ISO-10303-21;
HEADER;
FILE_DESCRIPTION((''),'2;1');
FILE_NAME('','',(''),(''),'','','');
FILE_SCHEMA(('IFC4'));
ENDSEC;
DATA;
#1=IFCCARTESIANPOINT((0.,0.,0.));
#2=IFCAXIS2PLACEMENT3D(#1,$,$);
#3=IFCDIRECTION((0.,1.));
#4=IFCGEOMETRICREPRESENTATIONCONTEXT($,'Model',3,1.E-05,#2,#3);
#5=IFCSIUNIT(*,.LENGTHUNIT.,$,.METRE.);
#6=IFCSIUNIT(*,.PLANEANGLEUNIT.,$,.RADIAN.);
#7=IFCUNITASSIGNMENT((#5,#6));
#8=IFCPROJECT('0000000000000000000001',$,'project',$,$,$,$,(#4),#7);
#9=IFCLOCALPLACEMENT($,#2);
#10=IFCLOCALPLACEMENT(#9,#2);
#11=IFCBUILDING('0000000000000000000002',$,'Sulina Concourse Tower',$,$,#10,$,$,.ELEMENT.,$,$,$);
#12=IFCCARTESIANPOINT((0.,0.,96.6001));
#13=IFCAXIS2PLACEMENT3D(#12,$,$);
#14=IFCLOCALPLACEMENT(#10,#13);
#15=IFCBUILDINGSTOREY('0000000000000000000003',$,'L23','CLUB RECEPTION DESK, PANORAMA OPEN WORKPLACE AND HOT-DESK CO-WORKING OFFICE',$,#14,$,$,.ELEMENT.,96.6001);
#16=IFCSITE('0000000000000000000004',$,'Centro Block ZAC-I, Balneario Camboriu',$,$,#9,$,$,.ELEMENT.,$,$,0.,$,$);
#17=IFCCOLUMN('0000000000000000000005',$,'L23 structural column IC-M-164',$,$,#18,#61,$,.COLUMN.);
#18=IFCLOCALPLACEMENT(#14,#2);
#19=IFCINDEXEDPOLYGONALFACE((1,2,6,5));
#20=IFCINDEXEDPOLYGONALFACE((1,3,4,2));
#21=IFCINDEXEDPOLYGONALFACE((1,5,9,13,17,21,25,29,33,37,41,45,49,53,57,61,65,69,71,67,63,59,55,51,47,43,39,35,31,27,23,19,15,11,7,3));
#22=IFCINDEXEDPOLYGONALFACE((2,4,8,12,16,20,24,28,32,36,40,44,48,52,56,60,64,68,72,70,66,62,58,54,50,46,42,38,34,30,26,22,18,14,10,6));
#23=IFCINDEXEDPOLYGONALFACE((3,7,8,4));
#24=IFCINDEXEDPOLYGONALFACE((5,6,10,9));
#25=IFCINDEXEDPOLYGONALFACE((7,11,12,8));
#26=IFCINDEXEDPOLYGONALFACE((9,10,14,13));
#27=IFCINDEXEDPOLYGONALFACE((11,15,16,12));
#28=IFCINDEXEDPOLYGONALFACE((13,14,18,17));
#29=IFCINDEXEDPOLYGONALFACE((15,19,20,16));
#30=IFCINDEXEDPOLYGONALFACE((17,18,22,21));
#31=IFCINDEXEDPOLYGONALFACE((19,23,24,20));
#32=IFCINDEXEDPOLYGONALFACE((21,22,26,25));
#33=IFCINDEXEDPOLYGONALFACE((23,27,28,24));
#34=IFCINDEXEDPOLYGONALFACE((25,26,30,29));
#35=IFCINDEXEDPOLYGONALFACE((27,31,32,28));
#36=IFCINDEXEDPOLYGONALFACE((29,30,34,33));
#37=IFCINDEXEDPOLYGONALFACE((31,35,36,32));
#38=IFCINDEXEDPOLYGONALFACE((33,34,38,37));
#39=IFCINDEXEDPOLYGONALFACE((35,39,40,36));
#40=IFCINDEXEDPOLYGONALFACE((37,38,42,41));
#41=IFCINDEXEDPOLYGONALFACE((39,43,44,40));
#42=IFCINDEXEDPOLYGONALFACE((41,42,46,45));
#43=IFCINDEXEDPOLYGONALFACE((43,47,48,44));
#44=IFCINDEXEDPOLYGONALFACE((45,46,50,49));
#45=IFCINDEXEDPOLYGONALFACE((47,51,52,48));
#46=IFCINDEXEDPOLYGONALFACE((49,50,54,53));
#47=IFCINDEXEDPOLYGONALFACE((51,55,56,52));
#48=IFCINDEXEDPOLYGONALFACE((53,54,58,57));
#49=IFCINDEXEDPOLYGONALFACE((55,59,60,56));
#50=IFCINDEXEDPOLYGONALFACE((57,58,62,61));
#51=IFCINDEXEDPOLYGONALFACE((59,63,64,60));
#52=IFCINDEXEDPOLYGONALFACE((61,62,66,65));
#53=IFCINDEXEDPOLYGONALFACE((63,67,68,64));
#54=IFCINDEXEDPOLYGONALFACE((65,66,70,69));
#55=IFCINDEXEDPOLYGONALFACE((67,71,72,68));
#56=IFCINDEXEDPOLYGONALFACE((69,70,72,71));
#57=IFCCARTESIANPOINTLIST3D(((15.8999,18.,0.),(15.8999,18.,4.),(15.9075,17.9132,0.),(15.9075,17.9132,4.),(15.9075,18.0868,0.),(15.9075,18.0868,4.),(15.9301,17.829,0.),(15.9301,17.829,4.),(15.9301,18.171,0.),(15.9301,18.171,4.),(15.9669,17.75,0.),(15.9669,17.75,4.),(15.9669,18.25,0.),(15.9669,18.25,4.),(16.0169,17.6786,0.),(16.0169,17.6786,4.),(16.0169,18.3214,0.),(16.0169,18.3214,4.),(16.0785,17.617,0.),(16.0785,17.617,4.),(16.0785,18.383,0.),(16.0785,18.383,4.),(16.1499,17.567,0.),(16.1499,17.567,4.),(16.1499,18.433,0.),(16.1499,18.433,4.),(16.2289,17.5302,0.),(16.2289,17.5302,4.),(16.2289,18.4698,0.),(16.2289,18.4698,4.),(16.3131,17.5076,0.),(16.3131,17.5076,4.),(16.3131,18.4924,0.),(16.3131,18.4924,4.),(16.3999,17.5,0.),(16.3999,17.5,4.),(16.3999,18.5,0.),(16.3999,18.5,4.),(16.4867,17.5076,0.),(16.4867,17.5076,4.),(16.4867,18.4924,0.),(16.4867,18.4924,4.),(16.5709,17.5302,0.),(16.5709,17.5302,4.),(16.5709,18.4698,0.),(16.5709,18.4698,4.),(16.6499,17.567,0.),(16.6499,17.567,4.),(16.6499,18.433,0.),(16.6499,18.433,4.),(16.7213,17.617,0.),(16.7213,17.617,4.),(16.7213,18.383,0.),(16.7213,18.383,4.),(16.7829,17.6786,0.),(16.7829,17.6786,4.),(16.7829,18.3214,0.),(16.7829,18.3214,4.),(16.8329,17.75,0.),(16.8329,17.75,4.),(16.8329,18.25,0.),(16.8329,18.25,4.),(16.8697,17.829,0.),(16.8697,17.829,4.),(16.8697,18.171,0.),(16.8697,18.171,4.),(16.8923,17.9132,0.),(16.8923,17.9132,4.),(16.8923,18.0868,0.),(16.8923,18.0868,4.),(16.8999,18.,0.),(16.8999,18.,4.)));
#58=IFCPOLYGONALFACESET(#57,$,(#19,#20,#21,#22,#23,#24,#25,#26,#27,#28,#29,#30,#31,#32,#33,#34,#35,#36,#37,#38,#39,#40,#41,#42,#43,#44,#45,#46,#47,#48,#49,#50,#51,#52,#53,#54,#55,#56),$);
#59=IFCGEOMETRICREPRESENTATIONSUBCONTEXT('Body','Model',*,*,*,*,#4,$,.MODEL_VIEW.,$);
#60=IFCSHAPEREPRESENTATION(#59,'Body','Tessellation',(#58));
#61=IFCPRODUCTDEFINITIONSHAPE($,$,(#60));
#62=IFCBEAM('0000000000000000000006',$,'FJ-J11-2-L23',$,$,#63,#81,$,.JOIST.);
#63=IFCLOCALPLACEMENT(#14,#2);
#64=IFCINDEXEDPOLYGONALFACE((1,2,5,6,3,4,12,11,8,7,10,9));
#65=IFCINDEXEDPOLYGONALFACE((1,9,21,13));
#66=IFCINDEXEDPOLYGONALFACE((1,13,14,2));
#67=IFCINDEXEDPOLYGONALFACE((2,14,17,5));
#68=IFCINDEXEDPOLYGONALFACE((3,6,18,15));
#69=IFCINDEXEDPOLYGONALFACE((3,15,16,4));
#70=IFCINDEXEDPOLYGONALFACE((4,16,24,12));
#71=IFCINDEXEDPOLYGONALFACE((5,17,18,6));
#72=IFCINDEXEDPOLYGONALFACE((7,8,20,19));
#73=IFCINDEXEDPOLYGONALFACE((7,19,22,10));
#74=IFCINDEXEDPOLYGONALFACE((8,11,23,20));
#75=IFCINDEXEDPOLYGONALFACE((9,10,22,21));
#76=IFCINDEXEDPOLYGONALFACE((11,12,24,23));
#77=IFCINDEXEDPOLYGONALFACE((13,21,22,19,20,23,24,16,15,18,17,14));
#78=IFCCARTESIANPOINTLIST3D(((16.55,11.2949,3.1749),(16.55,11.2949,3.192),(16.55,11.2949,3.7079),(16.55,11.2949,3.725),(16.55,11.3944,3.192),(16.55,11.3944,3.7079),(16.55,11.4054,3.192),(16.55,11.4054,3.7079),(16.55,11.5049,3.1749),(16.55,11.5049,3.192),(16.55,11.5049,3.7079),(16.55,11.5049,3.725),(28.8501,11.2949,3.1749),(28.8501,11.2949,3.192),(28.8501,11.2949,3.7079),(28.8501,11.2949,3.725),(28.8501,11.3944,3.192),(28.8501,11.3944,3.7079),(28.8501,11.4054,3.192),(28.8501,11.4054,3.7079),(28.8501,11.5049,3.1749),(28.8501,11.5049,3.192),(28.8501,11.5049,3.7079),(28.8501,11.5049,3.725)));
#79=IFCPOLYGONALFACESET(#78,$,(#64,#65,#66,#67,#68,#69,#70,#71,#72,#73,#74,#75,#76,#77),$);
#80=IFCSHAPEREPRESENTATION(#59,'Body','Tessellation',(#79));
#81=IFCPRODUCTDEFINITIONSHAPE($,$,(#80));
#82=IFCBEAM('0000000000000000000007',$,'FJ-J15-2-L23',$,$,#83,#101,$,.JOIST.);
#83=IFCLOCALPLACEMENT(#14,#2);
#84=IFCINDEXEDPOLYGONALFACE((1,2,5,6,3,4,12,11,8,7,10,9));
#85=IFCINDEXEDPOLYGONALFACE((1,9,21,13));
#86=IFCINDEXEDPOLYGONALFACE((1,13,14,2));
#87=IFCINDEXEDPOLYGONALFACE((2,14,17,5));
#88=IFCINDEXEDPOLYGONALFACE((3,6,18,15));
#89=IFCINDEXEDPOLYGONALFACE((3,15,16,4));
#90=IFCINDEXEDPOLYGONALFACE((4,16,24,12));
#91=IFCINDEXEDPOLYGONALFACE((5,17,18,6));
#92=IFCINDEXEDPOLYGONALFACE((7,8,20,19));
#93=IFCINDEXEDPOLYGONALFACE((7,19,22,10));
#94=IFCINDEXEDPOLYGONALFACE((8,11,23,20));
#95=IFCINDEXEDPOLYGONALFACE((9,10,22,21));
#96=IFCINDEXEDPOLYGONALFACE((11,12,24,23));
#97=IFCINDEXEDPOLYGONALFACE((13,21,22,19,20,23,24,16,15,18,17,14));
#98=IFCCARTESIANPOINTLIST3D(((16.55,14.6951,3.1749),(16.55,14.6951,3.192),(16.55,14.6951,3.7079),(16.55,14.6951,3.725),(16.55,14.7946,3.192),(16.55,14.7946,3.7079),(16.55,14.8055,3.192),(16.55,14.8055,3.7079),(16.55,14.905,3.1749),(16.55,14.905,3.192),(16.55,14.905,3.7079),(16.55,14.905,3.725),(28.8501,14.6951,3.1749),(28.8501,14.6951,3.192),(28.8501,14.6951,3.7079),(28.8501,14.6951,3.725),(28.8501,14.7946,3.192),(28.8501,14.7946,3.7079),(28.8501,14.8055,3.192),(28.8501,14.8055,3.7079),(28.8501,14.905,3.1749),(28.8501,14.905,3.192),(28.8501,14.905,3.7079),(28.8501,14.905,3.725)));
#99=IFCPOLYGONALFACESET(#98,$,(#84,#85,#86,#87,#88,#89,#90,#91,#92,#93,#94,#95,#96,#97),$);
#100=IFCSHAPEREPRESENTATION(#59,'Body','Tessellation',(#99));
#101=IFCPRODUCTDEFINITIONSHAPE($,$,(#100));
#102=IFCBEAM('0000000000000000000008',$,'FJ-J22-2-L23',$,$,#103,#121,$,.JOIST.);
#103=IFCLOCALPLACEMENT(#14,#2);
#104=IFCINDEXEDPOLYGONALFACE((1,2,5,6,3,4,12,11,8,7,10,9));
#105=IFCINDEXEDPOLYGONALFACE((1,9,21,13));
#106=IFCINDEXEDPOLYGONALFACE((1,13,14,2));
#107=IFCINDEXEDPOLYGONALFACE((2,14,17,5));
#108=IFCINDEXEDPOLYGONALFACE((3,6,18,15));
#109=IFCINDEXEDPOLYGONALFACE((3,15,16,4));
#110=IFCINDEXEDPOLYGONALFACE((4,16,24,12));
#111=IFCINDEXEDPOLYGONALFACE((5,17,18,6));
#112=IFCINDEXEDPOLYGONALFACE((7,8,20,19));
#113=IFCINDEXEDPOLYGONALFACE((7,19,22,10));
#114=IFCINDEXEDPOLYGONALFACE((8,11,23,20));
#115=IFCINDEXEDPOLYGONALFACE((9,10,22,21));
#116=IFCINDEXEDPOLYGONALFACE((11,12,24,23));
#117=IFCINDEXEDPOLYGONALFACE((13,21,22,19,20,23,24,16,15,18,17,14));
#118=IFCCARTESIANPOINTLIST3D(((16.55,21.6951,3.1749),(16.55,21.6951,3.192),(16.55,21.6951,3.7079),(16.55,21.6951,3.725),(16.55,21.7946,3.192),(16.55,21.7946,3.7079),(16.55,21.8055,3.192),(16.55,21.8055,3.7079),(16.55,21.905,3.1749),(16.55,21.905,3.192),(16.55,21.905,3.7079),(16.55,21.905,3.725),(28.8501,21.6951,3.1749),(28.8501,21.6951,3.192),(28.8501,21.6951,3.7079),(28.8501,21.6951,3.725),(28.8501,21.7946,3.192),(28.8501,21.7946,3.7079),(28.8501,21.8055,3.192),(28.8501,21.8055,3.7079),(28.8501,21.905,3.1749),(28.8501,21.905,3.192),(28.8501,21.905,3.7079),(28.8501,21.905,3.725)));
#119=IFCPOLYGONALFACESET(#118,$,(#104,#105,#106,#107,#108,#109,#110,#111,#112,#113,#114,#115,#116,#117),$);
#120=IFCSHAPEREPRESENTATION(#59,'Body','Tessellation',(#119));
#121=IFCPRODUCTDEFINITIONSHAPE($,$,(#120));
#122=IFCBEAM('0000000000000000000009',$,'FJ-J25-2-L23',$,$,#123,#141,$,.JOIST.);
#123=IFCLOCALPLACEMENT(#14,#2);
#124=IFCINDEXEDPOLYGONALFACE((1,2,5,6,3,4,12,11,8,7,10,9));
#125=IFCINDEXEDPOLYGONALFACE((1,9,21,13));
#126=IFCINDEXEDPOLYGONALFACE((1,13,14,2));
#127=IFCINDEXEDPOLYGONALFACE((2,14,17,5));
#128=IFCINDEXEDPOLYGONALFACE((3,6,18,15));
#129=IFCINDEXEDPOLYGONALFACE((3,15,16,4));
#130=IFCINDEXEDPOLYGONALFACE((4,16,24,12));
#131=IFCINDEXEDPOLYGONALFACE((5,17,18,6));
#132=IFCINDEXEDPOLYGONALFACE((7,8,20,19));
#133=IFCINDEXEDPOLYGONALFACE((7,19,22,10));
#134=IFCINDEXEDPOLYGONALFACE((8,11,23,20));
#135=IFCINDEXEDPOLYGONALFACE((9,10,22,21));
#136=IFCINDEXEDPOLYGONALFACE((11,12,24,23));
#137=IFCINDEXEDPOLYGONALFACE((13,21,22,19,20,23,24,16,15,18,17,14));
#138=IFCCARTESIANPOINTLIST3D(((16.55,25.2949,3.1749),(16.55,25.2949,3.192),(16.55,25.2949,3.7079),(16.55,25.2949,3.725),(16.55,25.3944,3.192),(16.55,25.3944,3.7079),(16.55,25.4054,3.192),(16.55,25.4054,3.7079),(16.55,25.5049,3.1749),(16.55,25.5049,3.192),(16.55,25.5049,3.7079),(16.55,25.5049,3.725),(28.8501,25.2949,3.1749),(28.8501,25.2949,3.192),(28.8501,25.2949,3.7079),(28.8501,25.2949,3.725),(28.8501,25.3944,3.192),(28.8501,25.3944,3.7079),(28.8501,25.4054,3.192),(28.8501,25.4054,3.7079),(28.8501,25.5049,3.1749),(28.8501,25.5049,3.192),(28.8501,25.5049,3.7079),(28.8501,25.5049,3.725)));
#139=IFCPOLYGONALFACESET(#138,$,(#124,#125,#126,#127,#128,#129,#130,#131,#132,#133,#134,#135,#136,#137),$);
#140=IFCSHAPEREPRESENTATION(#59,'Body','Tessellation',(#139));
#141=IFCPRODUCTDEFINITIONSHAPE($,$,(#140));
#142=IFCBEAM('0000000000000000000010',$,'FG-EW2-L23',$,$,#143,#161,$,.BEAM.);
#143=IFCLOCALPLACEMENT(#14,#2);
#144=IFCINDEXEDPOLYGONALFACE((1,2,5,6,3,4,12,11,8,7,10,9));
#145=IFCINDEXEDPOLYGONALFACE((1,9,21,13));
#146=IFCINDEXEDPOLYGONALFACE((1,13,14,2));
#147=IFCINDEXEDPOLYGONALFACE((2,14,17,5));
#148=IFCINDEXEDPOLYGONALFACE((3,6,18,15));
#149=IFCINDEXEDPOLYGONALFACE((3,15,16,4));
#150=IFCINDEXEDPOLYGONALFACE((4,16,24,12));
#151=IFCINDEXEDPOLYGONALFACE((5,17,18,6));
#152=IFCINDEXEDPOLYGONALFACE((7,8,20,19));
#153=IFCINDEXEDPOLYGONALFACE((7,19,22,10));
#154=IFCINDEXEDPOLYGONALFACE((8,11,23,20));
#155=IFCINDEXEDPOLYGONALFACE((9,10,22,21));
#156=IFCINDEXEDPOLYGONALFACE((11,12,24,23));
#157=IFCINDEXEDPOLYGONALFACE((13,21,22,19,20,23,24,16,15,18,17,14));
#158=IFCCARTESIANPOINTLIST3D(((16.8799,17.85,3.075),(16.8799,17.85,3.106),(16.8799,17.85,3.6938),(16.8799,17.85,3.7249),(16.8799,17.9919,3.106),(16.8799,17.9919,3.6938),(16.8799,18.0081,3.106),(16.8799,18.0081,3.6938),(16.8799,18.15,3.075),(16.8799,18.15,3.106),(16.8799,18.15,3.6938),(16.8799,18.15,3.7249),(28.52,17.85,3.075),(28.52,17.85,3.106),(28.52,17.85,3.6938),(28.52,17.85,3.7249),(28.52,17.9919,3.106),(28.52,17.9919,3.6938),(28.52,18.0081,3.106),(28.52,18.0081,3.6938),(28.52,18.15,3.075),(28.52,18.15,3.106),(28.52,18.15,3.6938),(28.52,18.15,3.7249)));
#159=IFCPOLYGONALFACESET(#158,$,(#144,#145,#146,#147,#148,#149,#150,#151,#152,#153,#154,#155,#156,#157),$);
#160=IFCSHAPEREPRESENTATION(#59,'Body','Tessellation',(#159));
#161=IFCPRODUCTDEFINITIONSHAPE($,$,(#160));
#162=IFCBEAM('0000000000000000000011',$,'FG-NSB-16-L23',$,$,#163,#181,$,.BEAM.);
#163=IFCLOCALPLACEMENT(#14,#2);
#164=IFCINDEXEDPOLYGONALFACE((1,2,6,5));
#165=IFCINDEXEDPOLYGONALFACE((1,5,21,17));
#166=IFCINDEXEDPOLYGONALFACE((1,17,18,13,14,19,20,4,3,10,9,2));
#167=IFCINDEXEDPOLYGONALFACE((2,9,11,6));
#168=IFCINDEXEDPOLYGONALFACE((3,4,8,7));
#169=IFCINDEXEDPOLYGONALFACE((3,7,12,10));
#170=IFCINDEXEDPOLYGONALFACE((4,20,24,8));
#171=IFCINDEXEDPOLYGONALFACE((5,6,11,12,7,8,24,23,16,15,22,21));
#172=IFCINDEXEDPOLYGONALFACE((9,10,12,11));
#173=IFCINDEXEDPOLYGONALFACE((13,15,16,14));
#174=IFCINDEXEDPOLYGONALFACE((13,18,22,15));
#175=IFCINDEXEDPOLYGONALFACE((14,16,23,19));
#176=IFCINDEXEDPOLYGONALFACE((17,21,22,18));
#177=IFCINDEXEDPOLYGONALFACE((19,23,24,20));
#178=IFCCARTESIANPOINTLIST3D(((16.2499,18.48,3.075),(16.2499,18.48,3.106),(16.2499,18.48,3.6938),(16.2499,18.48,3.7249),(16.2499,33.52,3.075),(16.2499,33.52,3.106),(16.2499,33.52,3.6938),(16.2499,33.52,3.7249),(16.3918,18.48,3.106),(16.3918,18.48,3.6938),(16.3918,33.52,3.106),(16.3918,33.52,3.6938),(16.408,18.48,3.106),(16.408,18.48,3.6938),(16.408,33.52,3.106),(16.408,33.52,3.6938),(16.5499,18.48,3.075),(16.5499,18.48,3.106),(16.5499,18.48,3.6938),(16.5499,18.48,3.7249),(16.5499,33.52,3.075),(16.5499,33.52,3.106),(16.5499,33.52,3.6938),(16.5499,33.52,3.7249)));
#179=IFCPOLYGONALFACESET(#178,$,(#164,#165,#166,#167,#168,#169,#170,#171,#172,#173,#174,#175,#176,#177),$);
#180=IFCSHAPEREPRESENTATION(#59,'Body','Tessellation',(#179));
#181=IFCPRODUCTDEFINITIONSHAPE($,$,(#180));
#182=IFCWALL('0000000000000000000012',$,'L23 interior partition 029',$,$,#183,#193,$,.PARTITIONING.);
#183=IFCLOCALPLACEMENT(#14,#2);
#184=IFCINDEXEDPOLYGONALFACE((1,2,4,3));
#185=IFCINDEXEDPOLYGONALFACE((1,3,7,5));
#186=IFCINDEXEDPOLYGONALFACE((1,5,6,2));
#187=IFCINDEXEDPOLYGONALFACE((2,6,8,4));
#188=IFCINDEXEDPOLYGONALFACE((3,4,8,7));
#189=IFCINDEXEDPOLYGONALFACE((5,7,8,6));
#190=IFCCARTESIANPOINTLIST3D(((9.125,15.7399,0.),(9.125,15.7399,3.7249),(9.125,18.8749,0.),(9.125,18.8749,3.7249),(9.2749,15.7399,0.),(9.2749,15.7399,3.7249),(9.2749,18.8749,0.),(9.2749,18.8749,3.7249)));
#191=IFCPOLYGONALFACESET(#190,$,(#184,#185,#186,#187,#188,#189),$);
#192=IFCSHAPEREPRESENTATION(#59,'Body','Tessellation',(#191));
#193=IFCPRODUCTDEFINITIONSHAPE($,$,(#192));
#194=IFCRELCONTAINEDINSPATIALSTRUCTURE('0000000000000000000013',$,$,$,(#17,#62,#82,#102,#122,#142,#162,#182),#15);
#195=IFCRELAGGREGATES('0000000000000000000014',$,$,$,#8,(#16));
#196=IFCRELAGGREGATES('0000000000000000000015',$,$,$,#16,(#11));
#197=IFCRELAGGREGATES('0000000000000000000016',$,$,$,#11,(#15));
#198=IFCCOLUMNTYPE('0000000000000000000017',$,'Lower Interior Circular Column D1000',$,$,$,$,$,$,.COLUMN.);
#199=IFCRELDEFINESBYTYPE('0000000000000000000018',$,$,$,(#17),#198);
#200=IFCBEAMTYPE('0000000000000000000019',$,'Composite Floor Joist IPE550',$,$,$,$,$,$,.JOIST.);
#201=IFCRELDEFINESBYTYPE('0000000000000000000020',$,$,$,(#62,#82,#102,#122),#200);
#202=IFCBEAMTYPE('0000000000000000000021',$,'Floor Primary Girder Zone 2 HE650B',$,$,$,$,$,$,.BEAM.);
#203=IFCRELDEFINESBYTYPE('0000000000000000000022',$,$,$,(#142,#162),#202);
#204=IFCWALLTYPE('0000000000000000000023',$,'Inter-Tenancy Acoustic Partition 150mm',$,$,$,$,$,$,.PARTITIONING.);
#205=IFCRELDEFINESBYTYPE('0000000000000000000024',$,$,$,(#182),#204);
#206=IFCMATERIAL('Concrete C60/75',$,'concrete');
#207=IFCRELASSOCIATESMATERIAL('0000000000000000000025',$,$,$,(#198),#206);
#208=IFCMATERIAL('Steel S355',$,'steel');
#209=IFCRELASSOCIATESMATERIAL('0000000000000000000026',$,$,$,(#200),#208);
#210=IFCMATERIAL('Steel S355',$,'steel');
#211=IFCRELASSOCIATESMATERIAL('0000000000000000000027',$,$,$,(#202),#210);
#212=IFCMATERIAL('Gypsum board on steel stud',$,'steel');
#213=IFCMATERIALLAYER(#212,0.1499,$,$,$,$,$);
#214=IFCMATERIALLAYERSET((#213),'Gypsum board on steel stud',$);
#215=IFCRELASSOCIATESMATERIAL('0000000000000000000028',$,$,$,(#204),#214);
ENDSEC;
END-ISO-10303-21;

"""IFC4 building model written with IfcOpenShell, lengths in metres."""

from ifc_helpers import new_model, si_unit, direction, frame, frame_2d, origin, origin_2d, place, context, subcontext, project, spatial, rectangle, circle, i_section, extrude, material, layer, layer_set, material_profile, profile_set, type_object, element, save


model = new_model("IFC4")

# Units and contexts
model_context = context("Model", 3, precision=1e-05, world=origin(), true_north=direction((0.0, 1.0)))
body_context = subcontext(model_context, "Body", "Model", "MODEL_VIEW")
ifc_project = project(units=[si_unit("LENGTHUNIT", "METRE"), si_unit("PLANEANGLEUNIT", "RADIAN")], contexts=[model_context])

# Site, building, storey
site_placement = place(None, origin())
site = spatial("IfcSite", under=ifc_project, at=site_placement, Name="Centro Block ZAC-I, Balneario Camboriu", CompositionType="ELEMENT", RefElevation=0.0)
building_placement = place(site_placement, origin())
building = spatial("IfcBuilding", under=site, at=building_placement, Name="Sulina Concourse Tower", CompositionType="ELEMENT")
storey_placement = place(building_placement, frame((0.0, 0.0, 96.6001)))
storey = spatial("IfcBuildingStorey", under=building, at=storey_placement, Name="L23", Description="CLUB RECEPTION DESK, PANORAMA OPEN WORKPLACE AND HOT-DESK CO-WORKING OFFICE", CompositionType="ELEMENT", Elevation=96.6001)

# Column
ifc_material_1 = material(Name="Concrete C60/75", Category="concrete")
ifc_material_profile_1 = material_profile(ifc_material_1, circle(Radius=0.5, at=origin_2d()), Name="RC D1000")
ifc_profile_set_1 = profile_set([ifc_material_profile_1], Name="Concrete C60/75")
column_type = type_object("IfcColumnType", Name="Lower Interior Circular Column D1000", PredefinedType="COLUMN", material=ifc_profile_set_1)
column_placement = place(storey_placement, frame((16.3999, 18.0, 0.0), z_axis=(0.0, 0.0, 1.0), x_axis=(1.0, 0.0, 0.0)))
element("IfcColumn", 1, at=column_placement, inside=storey, type_object=column_type, Name="L23 structural column IC-M-164", PredefinedType="COLUMN", context=body_context, shape_type="SweptSolid", body=[
    extrude(circle(Radius=0.5, at=origin_2d()), origin(), (0.0, 0.0, 1.0), 4.0),
])

# Beams
ifc_material_2 = material(Name="Steel S355", Category="steel")
ifc_material_profile_2 = material_profile(ifc_material_2, i_section(OverallWidth=0.21, OverallDepth=0.55, WebThickness=0.011, FlangeThickness=0.0171, at=origin_2d()), Name="IPE 550")
ifc_profile_set_2 = profile_set([ifc_material_profile_2], Name="Steel S355")
beam_type_1 = type_object("IfcBeamType", Name="Composite Floor Joist IPE550", PredefinedType="JOIST", material=ifc_profile_set_2)
for number, where, z_axis, x_axis, name in (
    (2, (16.55, 11.3999, 3.45), (1.0, 0.0, 0.0), (0.0, 1.0, 0.0), "FJ-J11-2-L23"),
    (3, (16.55, 14.8, 3.45), (1.0, 0.0, 0.0), (0.0, 1.0, 0.0), "FJ-J15-2-L23"),
    (4, (16.55, 21.8, 3.45), (1.0, 0.0, 0.0), (0.0, 1.0, 0.0), "FJ-J22-2-L23"),
    (5, (16.55, 25.3999, 3.45), (1.0, 0.0, 0.0), (0.0, 1.0, 0.0), "FJ-J25-2-L23"),
):
    element("IfcBeam", number, at=place(storey_placement, frame(where, z_axis=z_axis, x_axis=x_axis)), inside=storey, type_object=beam_type_1, Name=name, PredefinedType="JOIST", context=body_context, shape_type="SweptSolid", body=[
        extrude(i_section(OverallWidth=0.21, OverallDepth=0.55, WebThickness=0.011, FlangeThickness=0.0171, at=origin_2d()), origin(), (0.0, 0.0, 1.0), 12.3),
    ])
ifc_material_3 = material(Name="Steel S355", Category="steel")
ifc_material_profile_3 = material_profile(ifc_material_3, i_section(OverallWidth=0.3, OverallDepth=0.6499, WebThickness=0.0161, FlangeThickness=0.031, at=origin_2d()), Name="HE 650 B")
ifc_profile_set_3 = profile_set([ifc_material_profile_3], Name="Steel S355")
beam_type_2 = type_object("IfcBeamType", Name="Floor Primary Girder Zone 2 HE650B", PredefinedType="BEAM", material=ifc_profile_set_3)
beam_1_placement = place(storey_placement, frame((16.8799, 18.0, 3.3999), z_axis=(1.0, 0.0, 0.0), x_axis=(0.0, 1.0, 0.0)))
element("IfcBeam", 6, at=beam_1_placement, inside=storey, type_object=beam_type_2, Name="FG-EW2-L23", PredefinedType="BEAM", context=body_context, shape_type="SweptSolid", body=[
    extrude(i_section(OverallWidth=0.3, OverallDepth=0.6499, WebThickness=0.0161, FlangeThickness=0.031, at=origin_2d()), origin(), (0.0, 0.0, 1.0), 11.6401),
])
beam_2_placement = place(storey_placement, frame((16.3999, 18.48, 3.3999), z_axis=(0.0, 1.0, 0.0), x_axis=(-1.0, 0.0, 0.0)))
element("IfcBeam", 7, at=beam_2_placement, inside=storey, type_object=beam_type_2, Name="FG-NSB-16-L23", PredefinedType="BEAM", context=body_context, shape_type="SweptSolid", body=[
    extrude(i_section(OverallWidth=0.3, OverallDepth=0.6499, WebThickness=0.0161, FlangeThickness=0.031, at=origin_2d()), origin(), (0.0, 0.0, 1.0), 15.04),
])

# Wall
ifc_material_4 = material(Name="Gypsum board on steel stud", Category="steel")
ifc_layer_1 = layer(ifc_material_4, 0.1499)
ifc_layer_set_1 = layer_set([ifc_layer_1], Name="Gypsum board on steel stud")
wall_type_1 = type_object("IfcWallType", Name="Inter-Tenancy Acoustic Partition 150mm", PredefinedType="PARTITIONING", material=ifc_layer_set_1)
wall_1_placement = place(storey_placement, frame((9.2, 15.74, 0.0), z_axis=(0.0, 0.0, 1.0), x_axis=(0.0, 1.0, 0.0)))
element("IfcWall", 8, at=wall_1_placement, inside=storey, type_object=wall_type_1, Name="L23 interior partition 029", PredefinedType="PARTITIONING", context=body_context, shape_type="SweptSolid", body=[
    extrude(rectangle(XDim=3.135, YDim=0.1499, at=frame_2d((1.5674, 0.0))), origin(), (0.0, 0.0, 1.0), 3.7249),
])

save(model, "model.ifc")
